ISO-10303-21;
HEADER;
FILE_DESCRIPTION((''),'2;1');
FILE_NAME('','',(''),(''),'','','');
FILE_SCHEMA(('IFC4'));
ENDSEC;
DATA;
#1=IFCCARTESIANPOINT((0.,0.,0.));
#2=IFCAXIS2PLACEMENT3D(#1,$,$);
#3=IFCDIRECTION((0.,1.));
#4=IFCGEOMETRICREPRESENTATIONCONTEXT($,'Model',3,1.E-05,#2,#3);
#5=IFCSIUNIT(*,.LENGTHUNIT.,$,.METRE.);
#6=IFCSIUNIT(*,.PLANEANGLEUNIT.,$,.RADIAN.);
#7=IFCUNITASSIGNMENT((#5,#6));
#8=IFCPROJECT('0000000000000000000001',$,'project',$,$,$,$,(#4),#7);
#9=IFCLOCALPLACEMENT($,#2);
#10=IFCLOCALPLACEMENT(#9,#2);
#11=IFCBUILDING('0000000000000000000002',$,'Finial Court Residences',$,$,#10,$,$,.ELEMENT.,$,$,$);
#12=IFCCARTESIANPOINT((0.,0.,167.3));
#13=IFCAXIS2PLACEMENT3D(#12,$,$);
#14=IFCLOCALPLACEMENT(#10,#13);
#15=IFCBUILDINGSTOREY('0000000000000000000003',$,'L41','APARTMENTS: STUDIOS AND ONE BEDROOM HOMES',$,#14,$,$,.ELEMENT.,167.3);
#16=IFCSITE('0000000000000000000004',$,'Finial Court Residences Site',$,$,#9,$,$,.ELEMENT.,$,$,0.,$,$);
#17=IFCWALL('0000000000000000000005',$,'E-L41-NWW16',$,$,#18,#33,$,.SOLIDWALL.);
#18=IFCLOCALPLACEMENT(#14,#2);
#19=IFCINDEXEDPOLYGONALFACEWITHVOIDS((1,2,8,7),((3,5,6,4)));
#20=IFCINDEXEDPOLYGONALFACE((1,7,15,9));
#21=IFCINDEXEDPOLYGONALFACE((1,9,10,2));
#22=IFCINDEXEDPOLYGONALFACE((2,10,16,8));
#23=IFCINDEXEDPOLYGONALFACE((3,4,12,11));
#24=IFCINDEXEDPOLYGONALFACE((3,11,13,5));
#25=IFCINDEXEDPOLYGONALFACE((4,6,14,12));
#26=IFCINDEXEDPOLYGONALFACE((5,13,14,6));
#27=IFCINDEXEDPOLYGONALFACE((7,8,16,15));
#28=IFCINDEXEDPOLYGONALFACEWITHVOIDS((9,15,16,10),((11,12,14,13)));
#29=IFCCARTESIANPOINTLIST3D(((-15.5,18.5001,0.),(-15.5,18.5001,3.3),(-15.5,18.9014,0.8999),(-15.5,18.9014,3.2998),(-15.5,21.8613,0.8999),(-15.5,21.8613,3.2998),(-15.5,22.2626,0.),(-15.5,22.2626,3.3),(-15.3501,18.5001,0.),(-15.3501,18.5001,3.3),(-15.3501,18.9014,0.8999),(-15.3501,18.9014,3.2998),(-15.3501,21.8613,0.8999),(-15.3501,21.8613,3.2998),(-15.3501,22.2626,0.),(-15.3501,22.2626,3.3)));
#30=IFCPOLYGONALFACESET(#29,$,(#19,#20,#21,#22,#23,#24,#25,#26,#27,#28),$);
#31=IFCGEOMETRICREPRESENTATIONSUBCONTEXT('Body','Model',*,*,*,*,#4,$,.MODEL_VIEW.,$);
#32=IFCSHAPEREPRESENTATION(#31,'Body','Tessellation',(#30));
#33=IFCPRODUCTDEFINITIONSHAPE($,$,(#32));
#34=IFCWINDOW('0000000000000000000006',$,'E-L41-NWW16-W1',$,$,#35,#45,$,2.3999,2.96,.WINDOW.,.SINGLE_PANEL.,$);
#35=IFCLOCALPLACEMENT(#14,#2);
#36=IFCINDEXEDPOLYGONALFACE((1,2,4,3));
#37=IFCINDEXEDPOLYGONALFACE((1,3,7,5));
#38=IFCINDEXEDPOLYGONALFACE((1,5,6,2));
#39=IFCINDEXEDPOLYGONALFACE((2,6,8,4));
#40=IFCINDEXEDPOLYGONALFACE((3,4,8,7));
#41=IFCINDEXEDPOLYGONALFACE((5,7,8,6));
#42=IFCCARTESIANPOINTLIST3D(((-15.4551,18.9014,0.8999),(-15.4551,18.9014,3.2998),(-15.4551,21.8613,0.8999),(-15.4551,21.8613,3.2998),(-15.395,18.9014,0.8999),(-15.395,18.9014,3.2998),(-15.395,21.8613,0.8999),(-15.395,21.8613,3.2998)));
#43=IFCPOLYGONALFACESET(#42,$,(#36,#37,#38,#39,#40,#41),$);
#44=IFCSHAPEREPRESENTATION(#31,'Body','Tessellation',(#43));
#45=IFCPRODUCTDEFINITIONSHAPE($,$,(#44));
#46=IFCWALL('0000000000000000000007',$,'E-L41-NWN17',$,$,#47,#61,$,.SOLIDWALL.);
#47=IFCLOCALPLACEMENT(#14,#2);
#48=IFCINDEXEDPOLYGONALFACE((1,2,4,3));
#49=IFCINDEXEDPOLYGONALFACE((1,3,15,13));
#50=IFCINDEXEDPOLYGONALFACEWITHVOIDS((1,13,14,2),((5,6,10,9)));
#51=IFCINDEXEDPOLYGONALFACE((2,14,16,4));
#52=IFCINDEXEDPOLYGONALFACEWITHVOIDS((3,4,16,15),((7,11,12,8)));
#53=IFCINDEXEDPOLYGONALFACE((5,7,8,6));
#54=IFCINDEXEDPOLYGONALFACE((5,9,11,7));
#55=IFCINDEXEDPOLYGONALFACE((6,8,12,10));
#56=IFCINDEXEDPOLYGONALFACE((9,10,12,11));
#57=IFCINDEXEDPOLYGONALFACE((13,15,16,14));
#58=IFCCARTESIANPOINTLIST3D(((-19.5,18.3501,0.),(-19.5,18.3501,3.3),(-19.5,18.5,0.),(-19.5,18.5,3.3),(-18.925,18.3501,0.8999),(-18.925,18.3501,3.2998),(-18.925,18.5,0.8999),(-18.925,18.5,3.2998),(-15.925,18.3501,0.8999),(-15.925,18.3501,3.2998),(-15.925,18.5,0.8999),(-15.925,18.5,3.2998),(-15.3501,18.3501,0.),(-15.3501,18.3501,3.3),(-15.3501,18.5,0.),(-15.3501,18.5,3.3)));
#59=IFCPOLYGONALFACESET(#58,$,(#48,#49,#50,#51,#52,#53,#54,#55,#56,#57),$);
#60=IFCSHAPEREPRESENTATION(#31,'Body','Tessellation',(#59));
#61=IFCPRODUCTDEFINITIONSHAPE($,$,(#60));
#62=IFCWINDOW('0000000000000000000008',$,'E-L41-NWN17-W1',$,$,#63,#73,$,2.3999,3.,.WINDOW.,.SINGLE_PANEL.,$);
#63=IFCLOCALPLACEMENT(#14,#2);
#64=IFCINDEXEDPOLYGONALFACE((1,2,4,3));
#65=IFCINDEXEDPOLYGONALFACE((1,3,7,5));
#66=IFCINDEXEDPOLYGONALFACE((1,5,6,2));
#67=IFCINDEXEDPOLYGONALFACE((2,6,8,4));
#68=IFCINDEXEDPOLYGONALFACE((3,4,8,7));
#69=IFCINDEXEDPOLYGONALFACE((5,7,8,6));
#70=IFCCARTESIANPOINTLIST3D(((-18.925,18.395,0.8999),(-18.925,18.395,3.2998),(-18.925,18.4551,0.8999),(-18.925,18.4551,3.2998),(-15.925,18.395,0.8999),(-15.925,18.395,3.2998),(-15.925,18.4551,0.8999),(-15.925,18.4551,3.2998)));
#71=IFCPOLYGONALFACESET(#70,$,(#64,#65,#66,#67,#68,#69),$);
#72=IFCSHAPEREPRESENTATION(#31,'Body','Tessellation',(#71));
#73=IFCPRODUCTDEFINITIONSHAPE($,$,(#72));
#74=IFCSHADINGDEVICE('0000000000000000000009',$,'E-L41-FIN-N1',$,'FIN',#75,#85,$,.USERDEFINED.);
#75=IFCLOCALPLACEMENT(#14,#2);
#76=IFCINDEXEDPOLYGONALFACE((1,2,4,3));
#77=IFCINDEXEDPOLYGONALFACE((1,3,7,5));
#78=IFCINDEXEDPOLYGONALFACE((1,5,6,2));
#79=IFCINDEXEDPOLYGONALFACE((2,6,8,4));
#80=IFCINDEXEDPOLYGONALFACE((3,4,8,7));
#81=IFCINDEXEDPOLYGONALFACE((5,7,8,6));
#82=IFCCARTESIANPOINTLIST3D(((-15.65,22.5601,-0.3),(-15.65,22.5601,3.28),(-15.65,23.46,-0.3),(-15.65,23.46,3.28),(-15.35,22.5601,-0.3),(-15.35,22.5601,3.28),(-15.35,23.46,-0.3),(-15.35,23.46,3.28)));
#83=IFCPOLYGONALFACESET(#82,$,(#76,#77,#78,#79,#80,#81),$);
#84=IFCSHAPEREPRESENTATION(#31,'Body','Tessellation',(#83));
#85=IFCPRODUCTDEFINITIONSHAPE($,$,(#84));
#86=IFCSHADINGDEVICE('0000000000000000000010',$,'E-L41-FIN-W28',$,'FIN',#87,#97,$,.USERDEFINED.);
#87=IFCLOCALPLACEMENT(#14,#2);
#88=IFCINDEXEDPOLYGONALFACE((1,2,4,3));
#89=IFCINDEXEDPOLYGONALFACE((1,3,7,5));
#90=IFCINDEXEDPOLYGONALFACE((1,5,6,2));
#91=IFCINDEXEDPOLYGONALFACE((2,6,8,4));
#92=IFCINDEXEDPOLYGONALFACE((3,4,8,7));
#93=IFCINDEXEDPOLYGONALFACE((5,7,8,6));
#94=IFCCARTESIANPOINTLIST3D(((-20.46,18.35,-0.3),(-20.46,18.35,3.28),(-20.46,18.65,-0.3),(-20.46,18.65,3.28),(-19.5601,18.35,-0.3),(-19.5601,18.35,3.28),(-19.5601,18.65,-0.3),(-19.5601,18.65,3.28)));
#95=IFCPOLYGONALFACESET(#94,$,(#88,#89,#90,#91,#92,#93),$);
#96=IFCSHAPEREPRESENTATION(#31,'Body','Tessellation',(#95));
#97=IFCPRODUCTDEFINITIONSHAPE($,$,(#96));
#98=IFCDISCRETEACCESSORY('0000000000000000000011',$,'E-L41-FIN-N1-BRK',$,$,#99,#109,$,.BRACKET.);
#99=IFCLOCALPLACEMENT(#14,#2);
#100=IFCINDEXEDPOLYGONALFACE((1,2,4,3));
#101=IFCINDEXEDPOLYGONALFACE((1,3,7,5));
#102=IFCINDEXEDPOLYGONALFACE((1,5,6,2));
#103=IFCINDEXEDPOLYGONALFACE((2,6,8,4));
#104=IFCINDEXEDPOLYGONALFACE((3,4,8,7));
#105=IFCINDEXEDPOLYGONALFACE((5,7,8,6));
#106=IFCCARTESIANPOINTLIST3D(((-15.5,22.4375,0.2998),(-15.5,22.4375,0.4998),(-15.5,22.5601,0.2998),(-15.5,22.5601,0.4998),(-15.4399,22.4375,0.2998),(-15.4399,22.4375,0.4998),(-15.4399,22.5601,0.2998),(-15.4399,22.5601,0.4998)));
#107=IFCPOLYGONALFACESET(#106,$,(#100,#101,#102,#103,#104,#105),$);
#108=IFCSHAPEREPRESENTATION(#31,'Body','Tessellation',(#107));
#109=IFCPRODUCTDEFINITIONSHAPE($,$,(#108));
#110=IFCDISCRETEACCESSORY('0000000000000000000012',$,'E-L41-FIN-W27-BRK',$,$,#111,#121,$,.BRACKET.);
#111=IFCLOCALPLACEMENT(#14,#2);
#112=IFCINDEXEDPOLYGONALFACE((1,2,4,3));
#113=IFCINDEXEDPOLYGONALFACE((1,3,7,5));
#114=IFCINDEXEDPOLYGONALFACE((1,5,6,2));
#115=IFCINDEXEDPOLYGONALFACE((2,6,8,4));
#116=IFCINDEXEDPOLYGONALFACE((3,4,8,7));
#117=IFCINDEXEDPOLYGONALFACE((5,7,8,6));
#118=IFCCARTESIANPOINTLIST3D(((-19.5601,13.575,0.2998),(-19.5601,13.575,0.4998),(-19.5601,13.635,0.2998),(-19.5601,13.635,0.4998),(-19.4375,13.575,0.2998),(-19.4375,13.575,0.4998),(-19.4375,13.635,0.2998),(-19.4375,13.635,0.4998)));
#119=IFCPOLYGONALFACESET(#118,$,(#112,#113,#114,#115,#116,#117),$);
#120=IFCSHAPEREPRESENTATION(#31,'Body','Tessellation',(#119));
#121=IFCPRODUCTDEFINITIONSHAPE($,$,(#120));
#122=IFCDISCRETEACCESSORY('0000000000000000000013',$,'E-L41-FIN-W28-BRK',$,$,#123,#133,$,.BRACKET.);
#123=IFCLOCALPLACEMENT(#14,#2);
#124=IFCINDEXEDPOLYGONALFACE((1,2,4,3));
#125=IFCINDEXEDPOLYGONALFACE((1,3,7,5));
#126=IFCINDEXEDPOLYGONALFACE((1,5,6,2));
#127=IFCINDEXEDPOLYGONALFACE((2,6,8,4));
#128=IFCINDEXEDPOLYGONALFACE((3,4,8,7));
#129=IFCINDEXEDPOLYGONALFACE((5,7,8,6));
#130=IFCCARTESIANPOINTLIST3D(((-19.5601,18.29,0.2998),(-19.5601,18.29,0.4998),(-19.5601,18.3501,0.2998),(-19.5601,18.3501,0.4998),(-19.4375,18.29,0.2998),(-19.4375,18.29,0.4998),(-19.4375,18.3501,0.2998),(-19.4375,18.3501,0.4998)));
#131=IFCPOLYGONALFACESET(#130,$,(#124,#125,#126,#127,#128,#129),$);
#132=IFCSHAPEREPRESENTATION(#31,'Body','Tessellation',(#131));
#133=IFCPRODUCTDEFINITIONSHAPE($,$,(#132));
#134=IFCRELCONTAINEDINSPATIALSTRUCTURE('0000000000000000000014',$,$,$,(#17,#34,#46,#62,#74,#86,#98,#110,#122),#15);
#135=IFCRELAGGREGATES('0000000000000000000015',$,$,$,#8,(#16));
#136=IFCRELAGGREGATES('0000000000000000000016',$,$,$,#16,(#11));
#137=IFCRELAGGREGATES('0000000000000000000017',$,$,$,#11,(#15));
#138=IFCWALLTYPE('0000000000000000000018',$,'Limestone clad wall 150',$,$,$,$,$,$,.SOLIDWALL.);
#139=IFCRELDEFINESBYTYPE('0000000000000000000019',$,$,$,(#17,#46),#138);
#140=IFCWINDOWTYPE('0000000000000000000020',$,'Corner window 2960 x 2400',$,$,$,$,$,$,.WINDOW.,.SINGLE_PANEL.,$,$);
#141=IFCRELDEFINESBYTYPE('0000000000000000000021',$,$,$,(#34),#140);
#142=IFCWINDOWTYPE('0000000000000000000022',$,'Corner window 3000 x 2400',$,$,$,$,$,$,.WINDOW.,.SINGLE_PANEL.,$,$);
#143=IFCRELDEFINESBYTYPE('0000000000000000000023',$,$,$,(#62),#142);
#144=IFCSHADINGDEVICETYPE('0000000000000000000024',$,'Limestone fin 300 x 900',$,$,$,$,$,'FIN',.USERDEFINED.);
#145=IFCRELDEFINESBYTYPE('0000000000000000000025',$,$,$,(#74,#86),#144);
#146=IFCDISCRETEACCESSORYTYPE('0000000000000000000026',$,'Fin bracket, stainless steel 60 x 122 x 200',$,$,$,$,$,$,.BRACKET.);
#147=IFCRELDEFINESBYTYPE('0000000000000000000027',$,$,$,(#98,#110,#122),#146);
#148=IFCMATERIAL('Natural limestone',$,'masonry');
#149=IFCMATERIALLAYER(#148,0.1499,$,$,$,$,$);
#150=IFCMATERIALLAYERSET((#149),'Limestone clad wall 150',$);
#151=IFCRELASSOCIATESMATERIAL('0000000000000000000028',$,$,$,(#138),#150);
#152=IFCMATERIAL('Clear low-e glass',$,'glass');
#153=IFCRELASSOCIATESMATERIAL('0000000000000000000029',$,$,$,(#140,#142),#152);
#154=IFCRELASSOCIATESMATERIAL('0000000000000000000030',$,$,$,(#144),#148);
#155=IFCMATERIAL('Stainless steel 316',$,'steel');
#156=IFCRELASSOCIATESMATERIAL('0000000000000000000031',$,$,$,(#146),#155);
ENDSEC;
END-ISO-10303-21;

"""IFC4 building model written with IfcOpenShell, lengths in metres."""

from ifc_helpers import new_model, si_unit, direction, frame, frame_2d, origin, origin_2d, place, context, subcontext, project, spatial, rectangle, extrude, material, layer, layer_set, type_object, element, fill, save


model = new_model("IFC4")

# Units and contexts
model_context = context("Model", 3, precision=1e-05, world=origin(), true_north=direction((0.0, 1.0)))
body_context = subcontext(model_context, "Body", "Model", "MODEL_VIEW")
ifc_project = project(units=[si_unit("LENGTHUNIT", "METRE"), si_unit("PLANEANGLEUNIT", "RADIAN")], contexts=[model_context])

# Site, building, storey
site_placement = place(None, origin())
site = spatial("IfcSite", under=ifc_project, at=site_placement, Name="Finial Court Residences Site", CompositionType="ELEMENT", RefElevation=0.0)
building_placement = place(site_placement, origin())
building = spatial("IfcBuilding", under=site, at=building_placement, Name="Finial Court Residences", CompositionType="ELEMENT")
storey_placement = place(building_placement, frame((0.0, 0.0, 167.3)))
storey = spatial("IfcBuildingStorey", under=building, at=storey_placement, Name="L41", Description="APARTMENTS: STUDIOS AND ONE BEDROOM HOMES", CompositionType="ELEMENT", Elevation=167.3)

# Shared definitions
ifc_material_1 = material(Name="Clear low-e glass", Category="glass")

# Walls, openings, windows
ifc_material_2 = material(Name="Natural limestone", Category="masonry")
ifc_layer_1 = layer(ifc_material_2, 0.1499)
ifc_layer_set_1 = layer_set([ifc_layer_1], Name="Limestone clad wall 150")
wall_type_1 = type_object("IfcWallType", Name="Limestone clad wall 150", PredefinedType="SOLIDWALL", material=ifc_layer_set_1)
wall_1_placement = place(storey_placement, frame((-15.425, 18.5, 0.0), z_axis=(0.0, 0.0, 1.0), x_axis=(0.0, 1.0, 0.0)))
wall_1 = element("IfcWall", 1, at=wall_1_placement, inside=storey, type_object=wall_type_1, Name="E-L41-NWW16", PredefinedType="SOLIDWALL", context=body_context, shape_type="SweptSolid", body=[
    extrude(rectangle(XDim=3.7625, YDim=0.1499, at=frame_2d((1.8813, 0.0))), origin(), (0.0, 0.0, 1.0), 3.3),
])
opening_1_placement = place(wall_1_placement, frame((0.4014, 0.0, 0.8999)))
opening_1 = element("IfcOpeningElement", 2, at=opening_1_placement, cuts=wall_1, PredefinedType="OPENING", context=body_context, shape_type="SweptSolid", body=[
    extrude(rectangle(XDim=2.96, YDim=2.3999, at=frame_2d((1.48, 1.2))), frame((0.0, 0.085, 0.0), z_axis=(0.0, -1.0, 0.0), x_axis=(1.0, 0.0, 0.0)), (0.0, 0.0, 1.0), 0.1699),
])
window_type_1 = type_object("IfcWindowType", Name="Corner window 2960 x 2400", PartitioningType="SINGLE_PANEL", PredefinedType="WINDOW", material=ifc_material_1)
window_1_placement = place(opening_1_placement, origin())
window_1 = element("IfcWindow", 3, at=window_1_placement, inside=storey, type_object=window_type_1, Name="E-L41-NWW16-W1", OverallHeight=2.3999, OverallWidth=2.96, PartitioningType="SINGLE_PANEL", PredefinedType="WINDOW", context=body_context, shape_type="SweptSolid", body=[
    extrude(rectangle(XDim=2.96, YDim=2.3999, at=frame_2d((1.48, 1.2))), frame((0.0, 0.03, 0.0), z_axis=(0.0, -1.0, 0.0), x_axis=(1.0, 0.0, 0.0)), (0.0, 0.0, 1.0), 0.0601),
])
fill(opening_1, window_1)
wall_2_placement = place(storey_placement, frame((-19.5, 18.425, 0.0), z_axis=(0.0, 0.0, 1.0), x_axis=(1.0, 0.0, 0.0)))
wall_2 = element("IfcWall", 4, at=wall_2_placement, inside=storey, type_object=wall_type_1, Name="E-L41-NWN17", PredefinedType="SOLIDWALL", context=body_context, shape_type="SweptSolid", body=[
    extrude(rectangle(XDim=4.1499, YDim=0.1499, at=frame_2d((2.075, 0.0))), origin(), (0.0, 0.0, 1.0), 3.3),
])
opening_2_placement = place(wall_2_placement, frame((0.575, 0.0, 0.8999)))
opening_2 = element("IfcOpeningElement", 5, at=opening_2_placement, cuts=wall_2, PredefinedType="OPENING", context=body_context, shape_type="SweptSolid", body=[
    extrude(rectangle(XDim=3.0, YDim=2.3999, at=frame_2d((1.5, 1.2))), frame((0.0, 0.085, 0.0), z_axis=(0.0, -1.0, 0.0), x_axis=(1.0, 0.0, 0.0)), (0.0, 0.0, 1.0), 0.1699),
])
window_type_2 = type_object("IfcWindowType", Name="Corner window 3000 x 2400", PartitioningType="SINGLE_PANEL", PredefinedType="WINDOW", material=ifc_material_1)
window_2_placement = place(opening_2_placement, origin())
window_2 = element("IfcWindow", 6, at=window_2_placement, inside=storey, type_object=window_type_2, Name="E-L41-NWN17-W1", OverallHeight=2.3999, OverallWidth=3.0, PartitioningType="SINGLE_PANEL", PredefinedType="WINDOW", context=body_context, shape_type="SweptSolid", body=[
    extrude(rectangle(XDim=3.0, YDim=2.3999, at=frame_2d((1.5, 1.2))), frame((0.0, 0.03, 0.0), z_axis=(0.0, -1.0, 0.0), x_axis=(1.0, 0.0, 0.0)), (0.0, 0.0, 1.0), 0.0601),
])
fill(opening_2, window_2)

# Shading devices
shading_device_type = type_object("IfcShadingDeviceType", Name="Limestone fin 300 x 900", ElementType="FIN", PredefinedType="USERDEFINED", material=ifc_material_2)
shading_device_1_placement = place(storey_placement, frame((-15.5, 23.01, -0.3), z_axis=(0.0, 0.0, 1.0), x_axis=(1.0, 0.0, 0.0)))
element("IfcShadingDevice", 7, at=shading_device_1_placement, inside=storey, type_object=shading_device_type, Name="E-L41-FIN-N1", ObjectType="FIN", PredefinedType="USERDEFINED", context=body_context, shape_type="SweptSolid", body=[
    extrude(rectangle(XDim=0.3, YDim=0.8999, at=origin_2d()), origin(), (0.0, 0.0, 1.0), 3.5801),
])
shading_device_2_placement = place(storey_placement, frame((-20.01, 18.5, -0.3), z_axis=(0.0, 0.0, 1.0), x_axis=(1.0, 0.0, 0.0)))
element("IfcShadingDevice", 8, at=shading_device_2_placement, inside=storey, type_object=shading_device_type, Name="E-L41-FIN-W28", ObjectType="FIN", PredefinedType="USERDEFINED", context=body_context, shape_type="SweptSolid", body=[
    extrude(rectangle(XDim=0.8999, YDim=0.3, at=origin_2d()), origin(), (0.0, 0.0, 1.0), 3.5801),
])

# Discrete accessories
ifc_material_3 = material(Name="Stainless steel 316", Category="steel")
discrete_accessory_type = type_object("IfcDiscreteAccessoryType", Name="Fin bracket, stainless steel 60 x 122 x 200", PredefinedType="BRACKET", material=ifc_material_3)
discrete_accessory_placement = place(storey_placement, frame((-15.47, 22.4988, 0.2998), z_axis=(0.0, 0.0, 1.0), x_axis=(1.0, 0.0, 0.0)))
element("IfcDiscreteAccessory", 9, at=discrete_accessory_placement, inside=storey, type_object=discrete_accessory_type, Name="E-L41-FIN-N1-BRK", PredefinedType="BRACKET", context=body_context, shape_type="SweptSolid", body=[
    extrude(rectangle(XDim=0.0601, YDim=0.1226, at=origin_2d()), origin(), (0.0, 0.0, 1.0), 0.2),
])
for number, where, z_axis, x_axis, name in (
    (10, (-19.4988, 13.605, 0.2998), (0.0, 0.0, 1.0), (1.0, 0.0, 0.0), "E-L41-FIN-W27-BRK"),
    (11, (-19.4988, 18.3201, 0.2998), (0.0, 0.0, 1.0), (1.0, 0.0, 0.0), "E-L41-FIN-W28-BRK"),
):
    element("IfcDiscreteAccessory", number, at=place(storey_placement, frame(where, z_axis=z_axis, x_axis=x_axis)), inside=storey, type_object=discrete_accessory_type, Name=name, PredefinedType="BRACKET", context=body_context, shape_type="SweptSolid", body=[
        extrude(rectangle(XDim=0.1226, YDim=0.0601, at=origin_2d()), origin(), (0.0, 0.0, 1.0), 0.2),
    ])

save(model, "model.ifc")
